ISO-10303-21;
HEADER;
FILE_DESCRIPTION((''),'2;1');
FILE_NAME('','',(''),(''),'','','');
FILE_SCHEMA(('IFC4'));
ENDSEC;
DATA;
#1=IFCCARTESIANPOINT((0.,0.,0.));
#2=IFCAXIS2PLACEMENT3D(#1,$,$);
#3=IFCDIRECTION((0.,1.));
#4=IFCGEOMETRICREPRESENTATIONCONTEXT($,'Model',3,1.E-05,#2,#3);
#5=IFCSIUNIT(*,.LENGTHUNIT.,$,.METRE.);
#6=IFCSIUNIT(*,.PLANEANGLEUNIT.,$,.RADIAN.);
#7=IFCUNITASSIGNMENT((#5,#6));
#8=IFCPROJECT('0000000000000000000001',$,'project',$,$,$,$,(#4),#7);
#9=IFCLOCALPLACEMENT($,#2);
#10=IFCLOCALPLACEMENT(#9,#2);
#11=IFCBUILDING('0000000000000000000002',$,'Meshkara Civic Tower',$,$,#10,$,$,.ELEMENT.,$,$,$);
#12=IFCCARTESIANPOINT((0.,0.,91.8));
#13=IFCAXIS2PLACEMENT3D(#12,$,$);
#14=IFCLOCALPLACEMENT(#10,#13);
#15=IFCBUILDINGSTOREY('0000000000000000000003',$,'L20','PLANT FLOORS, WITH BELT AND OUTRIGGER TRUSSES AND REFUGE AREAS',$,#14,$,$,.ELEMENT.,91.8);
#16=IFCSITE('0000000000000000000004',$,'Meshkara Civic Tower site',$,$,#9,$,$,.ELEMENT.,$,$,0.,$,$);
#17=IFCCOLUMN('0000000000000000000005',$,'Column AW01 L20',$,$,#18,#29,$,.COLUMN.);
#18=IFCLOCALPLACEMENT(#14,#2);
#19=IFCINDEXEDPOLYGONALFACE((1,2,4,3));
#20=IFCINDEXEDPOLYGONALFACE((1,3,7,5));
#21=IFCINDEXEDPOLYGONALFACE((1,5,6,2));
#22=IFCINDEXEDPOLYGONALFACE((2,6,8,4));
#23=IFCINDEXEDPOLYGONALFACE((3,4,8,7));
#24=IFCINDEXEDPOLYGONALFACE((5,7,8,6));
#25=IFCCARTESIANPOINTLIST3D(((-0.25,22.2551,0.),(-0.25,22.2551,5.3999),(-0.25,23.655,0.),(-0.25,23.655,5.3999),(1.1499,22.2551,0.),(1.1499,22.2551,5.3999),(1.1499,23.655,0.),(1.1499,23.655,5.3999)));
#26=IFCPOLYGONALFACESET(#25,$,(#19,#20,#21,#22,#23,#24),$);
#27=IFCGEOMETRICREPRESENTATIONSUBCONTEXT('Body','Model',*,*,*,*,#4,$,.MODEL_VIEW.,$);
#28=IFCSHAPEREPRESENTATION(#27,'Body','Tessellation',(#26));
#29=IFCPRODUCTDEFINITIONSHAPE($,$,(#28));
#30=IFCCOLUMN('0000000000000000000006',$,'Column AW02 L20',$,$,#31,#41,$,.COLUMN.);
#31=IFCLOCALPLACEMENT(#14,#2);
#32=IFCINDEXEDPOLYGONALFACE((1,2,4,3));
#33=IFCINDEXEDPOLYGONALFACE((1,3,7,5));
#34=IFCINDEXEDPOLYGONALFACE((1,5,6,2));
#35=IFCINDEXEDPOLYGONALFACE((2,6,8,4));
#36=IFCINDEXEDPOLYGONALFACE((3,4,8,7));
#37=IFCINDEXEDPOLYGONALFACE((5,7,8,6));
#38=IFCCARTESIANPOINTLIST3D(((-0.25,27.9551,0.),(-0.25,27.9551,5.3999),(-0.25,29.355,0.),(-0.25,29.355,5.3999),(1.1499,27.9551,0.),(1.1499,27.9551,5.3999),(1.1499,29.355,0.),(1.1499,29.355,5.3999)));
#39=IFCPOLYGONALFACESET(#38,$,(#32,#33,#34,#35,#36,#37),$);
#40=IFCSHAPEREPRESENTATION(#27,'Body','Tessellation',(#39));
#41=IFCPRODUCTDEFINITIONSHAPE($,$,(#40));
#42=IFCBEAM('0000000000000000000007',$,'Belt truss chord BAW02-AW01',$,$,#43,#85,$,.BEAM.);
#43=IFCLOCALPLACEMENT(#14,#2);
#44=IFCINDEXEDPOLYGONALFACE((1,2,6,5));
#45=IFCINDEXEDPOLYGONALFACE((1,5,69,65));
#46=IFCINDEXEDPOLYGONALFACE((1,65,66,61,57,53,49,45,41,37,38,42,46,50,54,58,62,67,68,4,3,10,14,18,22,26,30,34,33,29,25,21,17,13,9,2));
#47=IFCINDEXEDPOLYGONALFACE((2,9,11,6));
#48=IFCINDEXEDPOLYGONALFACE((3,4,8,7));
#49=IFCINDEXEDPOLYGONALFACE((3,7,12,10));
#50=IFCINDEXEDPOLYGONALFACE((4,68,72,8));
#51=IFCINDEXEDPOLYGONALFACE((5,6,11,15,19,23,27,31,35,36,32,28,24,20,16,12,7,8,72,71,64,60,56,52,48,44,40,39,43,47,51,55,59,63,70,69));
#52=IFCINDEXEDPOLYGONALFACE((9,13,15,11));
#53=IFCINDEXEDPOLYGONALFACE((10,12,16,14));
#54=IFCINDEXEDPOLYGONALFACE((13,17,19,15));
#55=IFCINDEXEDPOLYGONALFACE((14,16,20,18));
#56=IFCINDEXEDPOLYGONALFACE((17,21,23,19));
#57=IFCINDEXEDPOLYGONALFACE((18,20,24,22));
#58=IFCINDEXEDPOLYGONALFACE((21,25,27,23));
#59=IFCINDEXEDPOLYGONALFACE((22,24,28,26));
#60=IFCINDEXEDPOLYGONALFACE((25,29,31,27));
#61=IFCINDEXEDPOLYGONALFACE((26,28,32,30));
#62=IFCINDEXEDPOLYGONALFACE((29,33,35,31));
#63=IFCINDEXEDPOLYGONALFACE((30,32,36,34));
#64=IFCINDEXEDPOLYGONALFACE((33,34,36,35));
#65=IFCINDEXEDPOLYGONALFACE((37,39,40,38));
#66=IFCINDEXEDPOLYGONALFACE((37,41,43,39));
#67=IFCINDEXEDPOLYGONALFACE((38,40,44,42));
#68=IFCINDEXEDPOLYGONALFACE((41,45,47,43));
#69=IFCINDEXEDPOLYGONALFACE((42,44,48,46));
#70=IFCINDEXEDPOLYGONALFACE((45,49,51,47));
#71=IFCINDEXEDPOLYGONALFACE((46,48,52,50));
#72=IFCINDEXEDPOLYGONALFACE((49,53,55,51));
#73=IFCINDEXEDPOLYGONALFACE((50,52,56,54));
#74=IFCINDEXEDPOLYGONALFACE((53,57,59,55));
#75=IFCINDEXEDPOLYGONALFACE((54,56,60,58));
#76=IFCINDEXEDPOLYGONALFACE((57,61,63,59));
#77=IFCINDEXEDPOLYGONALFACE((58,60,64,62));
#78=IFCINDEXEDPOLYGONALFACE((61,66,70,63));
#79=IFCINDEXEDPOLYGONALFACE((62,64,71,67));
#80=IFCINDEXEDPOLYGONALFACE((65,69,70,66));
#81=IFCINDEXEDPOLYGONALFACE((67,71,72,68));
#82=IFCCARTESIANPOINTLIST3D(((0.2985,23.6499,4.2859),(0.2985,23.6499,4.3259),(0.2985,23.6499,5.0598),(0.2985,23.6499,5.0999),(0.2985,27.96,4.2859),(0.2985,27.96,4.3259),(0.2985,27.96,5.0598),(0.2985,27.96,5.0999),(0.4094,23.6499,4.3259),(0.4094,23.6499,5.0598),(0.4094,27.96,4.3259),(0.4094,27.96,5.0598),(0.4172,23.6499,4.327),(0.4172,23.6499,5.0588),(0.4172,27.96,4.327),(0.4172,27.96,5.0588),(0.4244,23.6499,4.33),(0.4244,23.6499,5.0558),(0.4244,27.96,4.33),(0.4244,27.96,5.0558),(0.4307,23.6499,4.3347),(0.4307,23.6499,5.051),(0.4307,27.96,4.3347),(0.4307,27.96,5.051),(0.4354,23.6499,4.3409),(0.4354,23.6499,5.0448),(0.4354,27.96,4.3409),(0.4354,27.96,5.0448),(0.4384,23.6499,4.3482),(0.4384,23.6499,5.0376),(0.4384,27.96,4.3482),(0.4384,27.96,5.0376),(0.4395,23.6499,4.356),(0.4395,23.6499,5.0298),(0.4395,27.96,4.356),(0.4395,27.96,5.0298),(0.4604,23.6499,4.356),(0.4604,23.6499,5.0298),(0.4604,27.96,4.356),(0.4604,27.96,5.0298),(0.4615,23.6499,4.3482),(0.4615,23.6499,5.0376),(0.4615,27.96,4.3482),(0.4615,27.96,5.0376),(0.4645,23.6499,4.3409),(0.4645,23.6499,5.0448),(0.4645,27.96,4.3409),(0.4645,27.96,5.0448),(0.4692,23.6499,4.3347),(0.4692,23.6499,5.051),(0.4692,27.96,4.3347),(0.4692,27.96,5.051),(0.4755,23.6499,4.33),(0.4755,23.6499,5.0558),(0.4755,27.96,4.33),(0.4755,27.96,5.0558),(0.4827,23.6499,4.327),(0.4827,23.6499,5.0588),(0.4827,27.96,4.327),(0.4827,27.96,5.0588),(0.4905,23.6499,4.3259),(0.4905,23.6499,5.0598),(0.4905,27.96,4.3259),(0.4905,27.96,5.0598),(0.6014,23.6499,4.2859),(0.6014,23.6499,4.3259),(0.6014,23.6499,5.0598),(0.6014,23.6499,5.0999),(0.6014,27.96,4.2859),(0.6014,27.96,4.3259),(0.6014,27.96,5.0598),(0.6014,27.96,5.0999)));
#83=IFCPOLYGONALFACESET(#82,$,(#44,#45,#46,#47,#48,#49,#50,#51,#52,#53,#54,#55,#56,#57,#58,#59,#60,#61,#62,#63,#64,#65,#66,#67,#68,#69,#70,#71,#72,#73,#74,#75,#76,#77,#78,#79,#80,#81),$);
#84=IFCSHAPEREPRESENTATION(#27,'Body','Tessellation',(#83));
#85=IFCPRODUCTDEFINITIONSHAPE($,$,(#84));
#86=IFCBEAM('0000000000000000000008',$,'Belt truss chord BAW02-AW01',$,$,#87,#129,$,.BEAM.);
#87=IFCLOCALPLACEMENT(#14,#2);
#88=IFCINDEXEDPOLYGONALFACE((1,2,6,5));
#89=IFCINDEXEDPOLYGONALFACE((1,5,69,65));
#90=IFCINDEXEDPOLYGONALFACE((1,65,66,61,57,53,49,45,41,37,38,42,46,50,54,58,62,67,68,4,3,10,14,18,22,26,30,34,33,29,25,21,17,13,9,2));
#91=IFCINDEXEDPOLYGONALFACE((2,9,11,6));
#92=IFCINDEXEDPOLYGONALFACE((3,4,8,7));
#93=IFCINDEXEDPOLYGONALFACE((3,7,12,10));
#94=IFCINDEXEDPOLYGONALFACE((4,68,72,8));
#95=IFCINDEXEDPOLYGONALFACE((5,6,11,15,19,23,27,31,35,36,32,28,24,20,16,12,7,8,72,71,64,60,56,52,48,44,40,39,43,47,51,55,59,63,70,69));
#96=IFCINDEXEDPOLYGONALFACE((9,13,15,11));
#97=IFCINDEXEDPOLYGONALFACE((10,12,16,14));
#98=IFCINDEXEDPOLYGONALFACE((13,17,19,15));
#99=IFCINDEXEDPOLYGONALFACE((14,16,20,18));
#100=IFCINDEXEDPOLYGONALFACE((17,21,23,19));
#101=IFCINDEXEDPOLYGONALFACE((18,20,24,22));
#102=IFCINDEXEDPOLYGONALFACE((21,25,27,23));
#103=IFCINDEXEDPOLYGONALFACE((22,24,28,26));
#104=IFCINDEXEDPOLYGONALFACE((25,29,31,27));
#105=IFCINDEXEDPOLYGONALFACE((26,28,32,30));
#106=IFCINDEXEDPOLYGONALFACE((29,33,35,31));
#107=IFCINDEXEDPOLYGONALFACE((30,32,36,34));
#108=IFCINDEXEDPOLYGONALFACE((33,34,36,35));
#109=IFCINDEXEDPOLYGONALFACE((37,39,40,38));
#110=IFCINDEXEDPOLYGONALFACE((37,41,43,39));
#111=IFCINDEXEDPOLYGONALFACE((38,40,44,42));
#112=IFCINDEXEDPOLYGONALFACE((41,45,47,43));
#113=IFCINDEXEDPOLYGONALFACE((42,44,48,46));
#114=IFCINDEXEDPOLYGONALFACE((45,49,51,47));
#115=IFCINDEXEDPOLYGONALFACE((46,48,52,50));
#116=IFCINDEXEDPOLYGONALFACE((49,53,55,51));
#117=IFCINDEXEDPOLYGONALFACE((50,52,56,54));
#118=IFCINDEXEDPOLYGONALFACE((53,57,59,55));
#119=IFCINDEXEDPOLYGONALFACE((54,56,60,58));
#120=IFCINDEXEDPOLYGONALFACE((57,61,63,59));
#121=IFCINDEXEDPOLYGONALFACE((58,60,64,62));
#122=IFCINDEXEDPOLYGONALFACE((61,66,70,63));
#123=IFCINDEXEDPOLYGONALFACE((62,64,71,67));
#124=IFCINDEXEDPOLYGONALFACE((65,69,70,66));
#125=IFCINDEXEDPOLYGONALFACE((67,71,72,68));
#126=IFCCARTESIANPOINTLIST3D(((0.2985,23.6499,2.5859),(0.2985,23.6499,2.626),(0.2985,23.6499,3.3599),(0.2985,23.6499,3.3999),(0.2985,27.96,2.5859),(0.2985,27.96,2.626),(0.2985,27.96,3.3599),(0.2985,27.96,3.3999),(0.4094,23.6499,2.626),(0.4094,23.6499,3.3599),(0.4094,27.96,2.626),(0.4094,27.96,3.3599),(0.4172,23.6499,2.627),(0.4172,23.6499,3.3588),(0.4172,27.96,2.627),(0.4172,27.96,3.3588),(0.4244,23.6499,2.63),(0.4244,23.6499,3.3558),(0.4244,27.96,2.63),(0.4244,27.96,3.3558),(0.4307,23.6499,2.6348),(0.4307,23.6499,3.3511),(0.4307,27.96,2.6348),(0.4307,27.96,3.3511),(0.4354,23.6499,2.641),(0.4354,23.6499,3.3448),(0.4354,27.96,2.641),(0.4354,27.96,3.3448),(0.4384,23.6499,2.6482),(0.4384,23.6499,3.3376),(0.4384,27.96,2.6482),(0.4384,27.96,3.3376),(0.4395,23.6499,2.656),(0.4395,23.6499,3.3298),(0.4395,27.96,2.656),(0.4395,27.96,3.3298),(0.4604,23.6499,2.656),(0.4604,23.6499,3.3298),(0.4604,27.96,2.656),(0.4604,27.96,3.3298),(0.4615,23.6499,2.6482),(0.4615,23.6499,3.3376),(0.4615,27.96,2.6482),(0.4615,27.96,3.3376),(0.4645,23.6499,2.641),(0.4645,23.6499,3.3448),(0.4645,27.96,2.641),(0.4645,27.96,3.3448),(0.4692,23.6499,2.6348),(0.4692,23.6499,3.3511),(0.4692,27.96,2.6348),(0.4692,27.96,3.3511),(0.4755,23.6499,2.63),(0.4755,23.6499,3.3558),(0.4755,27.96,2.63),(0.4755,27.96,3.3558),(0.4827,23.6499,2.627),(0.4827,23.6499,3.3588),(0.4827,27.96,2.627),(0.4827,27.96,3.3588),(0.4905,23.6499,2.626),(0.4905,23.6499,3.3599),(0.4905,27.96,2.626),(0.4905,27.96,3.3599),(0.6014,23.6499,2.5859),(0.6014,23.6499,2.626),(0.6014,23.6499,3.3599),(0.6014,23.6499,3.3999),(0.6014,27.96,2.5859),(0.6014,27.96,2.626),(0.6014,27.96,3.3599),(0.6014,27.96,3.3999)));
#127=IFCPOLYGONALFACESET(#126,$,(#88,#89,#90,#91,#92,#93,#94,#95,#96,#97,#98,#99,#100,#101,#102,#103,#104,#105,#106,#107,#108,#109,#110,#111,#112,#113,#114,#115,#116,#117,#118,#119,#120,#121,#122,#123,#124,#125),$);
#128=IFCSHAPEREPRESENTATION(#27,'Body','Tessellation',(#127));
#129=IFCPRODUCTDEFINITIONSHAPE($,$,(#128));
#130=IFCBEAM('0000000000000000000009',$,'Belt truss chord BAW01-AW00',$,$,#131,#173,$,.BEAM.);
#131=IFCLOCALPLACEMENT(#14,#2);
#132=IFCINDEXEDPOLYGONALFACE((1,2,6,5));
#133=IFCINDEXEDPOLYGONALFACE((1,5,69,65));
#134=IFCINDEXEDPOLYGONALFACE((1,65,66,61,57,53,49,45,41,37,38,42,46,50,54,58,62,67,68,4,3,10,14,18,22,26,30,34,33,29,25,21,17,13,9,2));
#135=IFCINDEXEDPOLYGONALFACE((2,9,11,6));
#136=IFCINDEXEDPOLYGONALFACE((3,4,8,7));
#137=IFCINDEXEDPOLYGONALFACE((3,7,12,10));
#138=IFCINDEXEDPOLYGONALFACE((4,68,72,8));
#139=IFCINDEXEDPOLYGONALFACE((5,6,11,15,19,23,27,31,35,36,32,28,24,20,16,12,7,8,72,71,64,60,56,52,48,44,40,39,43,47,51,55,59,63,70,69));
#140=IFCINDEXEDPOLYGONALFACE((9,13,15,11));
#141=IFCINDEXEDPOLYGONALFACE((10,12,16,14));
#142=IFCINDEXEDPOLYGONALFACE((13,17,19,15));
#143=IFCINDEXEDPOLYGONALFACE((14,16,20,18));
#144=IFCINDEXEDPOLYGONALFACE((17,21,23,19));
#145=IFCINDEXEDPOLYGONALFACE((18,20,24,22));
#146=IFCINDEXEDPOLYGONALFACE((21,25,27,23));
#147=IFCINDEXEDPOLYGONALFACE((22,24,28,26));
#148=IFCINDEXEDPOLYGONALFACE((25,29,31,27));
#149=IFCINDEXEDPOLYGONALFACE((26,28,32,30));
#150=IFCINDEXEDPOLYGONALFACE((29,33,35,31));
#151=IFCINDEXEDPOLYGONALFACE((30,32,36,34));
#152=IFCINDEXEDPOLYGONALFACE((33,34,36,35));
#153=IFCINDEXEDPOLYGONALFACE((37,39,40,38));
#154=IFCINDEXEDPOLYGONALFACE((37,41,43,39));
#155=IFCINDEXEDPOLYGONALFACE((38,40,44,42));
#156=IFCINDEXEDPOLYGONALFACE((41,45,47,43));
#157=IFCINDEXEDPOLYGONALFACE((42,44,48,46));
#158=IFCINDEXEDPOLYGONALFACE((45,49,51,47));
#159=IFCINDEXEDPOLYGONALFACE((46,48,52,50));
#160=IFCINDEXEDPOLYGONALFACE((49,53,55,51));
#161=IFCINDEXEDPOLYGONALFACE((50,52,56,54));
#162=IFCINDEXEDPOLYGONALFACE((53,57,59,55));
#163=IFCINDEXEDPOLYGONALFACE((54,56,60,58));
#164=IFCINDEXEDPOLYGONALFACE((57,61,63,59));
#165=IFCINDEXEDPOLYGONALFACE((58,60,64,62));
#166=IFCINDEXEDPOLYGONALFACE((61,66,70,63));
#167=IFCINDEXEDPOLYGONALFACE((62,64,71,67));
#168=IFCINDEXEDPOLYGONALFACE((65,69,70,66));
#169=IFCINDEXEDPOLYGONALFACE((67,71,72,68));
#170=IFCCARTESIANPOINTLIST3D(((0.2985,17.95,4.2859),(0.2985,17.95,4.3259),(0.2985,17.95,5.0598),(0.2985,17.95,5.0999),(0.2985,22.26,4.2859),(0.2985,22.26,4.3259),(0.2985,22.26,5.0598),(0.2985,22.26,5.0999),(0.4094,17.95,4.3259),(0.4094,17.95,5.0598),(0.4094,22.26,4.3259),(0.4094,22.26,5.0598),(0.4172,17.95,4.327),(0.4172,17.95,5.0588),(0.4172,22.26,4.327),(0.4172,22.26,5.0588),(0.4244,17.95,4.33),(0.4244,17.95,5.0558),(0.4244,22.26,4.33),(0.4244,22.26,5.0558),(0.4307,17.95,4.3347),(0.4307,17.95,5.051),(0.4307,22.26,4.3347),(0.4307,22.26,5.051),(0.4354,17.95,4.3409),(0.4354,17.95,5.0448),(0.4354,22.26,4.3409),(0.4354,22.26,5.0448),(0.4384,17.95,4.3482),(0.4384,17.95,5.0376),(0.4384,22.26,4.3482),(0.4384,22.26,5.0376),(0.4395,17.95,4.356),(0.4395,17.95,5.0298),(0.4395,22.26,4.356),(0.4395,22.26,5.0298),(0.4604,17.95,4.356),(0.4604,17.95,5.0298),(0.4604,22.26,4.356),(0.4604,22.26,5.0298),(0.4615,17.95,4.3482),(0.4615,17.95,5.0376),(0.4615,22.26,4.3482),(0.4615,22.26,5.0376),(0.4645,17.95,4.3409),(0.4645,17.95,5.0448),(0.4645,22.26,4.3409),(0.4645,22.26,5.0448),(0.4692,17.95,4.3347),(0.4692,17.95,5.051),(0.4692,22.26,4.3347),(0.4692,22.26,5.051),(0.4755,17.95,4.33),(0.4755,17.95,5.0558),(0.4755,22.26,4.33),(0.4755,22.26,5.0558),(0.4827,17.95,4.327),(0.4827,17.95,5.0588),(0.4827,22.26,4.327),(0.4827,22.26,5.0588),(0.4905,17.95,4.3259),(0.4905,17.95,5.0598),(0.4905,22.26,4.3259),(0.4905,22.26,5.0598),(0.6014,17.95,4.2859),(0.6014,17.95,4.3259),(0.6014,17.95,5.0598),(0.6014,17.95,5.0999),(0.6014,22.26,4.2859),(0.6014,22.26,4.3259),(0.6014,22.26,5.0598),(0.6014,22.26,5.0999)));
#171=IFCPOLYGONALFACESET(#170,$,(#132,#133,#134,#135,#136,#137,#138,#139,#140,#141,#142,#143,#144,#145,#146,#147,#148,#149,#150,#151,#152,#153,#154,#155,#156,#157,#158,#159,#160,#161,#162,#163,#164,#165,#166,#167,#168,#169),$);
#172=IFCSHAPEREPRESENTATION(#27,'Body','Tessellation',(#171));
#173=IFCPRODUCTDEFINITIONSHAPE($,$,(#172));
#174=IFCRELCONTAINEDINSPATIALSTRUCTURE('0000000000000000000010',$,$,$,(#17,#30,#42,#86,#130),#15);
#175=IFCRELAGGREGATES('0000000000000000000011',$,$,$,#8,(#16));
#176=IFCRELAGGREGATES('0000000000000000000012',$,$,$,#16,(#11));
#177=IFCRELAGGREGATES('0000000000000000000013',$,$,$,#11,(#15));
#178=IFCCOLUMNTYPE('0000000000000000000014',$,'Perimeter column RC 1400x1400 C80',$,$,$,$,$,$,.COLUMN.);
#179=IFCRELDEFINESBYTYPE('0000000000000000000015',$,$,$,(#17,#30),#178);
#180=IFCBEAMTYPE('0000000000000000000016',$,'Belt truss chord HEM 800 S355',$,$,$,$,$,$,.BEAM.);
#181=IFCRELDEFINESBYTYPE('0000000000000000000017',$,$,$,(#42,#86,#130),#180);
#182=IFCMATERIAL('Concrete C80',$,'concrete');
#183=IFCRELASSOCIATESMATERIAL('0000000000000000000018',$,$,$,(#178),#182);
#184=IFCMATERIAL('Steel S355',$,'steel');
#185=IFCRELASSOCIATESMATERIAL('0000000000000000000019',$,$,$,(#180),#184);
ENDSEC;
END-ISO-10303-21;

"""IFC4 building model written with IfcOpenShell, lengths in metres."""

from ifc_helpers import new_model, si_unit, direction, frame, origin, origin_2d, place, context, subcontext, project, spatial, rectangle, i_section, extrude, material, material_profile, profile_set, type_object, element, save


model = new_model("IFC4")

# Units and contexts
model_context = context("Model", 3, precision=1e-05, world=origin(), true_north=direction((0.0, 1.0)))
body_context = subcontext(model_context, "Body", "Model", "MODEL_VIEW")
ifc_project = project(units=[si_unit("LENGTHUNIT", "METRE"), si_unit("PLANEANGLEUNIT", "RADIAN")], contexts=[model_context])

# Site, building, storey
site_placement = place(None, origin())
site = spatial("IfcSite", under=ifc_project, at=site_placement, Name="Meshkara Civic Tower site", CompositionType="ELEMENT", RefElevation=0.0)
building_placement = place(site_placement, origin())
building = spatial("IfcBuilding", under=site, at=building_placement, Name="Meshkara Civic Tower", CompositionType="ELEMENT")
storey_placement = place(building_placement, frame((0.0, 0.0, 91.8)))
storey = spatial("IfcBuildingStorey", under=building, at=storey_placement, Name="L20", Description="PLANT FLOORS, WITH BELT AND OUTRIGGER TRUSSES AND REFUGE AREAS", CompositionType="ELEMENT", Elevation=91.8)

# Columns
ifc_material_1 = material(Name="Concrete C80", Category="concrete")
ifc_material_profile_1 = material_profile(ifc_material_1, rectangle(XDim=1.3999, YDim=1.3999, at=origin_2d()))
ifc_profile_set_1 = profile_set([ifc_material_profile_1], Name="Concrete C80")
column_type = type_object("IfcColumnType", Name="Perimeter column RC 1400x1400 C80", PredefinedType="COLUMN", material=ifc_profile_set_1)
for number, where, z_axis, x_axis, name in (
    (1, (0.45, 22.9551, 0.0), (0.0, 0.0, 1.0), (1.0, 0.0, 0.0), "Column AW01 L20"),
    (2, (0.45, 28.655, 0.0), (0.0, 0.0, 1.0), (1.0, 0.0, 0.0), "Column AW02 L20"),
):
    element("IfcColumn", number, at=place(storey_placement, frame(where, z_axis=z_axis, x_axis=x_axis)), inside=storey, type_object=column_type, Name=name, PredefinedType="COLUMN", context=body_context, shape_type="SweptSolid", body=[
        extrude(rectangle(XDim=1.3999, YDim=1.3999, at=origin_2d()), origin(), (0.0, 0.0, 1.0), 5.3999),
    ])

# Beams
ifc_material_2 = material(Name="Steel S355", Category="steel")
ifc_material_profile_2 = material_profile(ifc_material_2, i_section(OverallWidth=0.303, OverallDepth=0.814, WebThickness=0.021, FlangeThickness=0.04, FilletRadius=0.03, at=origin_2d()))
ifc_profile_set_2 = profile_set([ifc_material_profile_2], Name="Steel S355")
beam_type = type_object("IfcBeamType", Name="Belt truss chord HEM 800 S355", PredefinedType="BEAM", material=ifc_profile_set_2)
for number, where, z_axis, x_axis, name in (
    (3, (0.45, 27.96, 4.6929), (0.0, -1.0, 0.0), (1.0, 0.0, 0.0), "Belt truss chord BAW02-AW01"),
    (4, (0.45, 27.96, 2.9929), (0.0, -1.0, 0.0), (1.0, 0.0, 0.0), "Belt truss chord BAW02-AW01"),
    (5, (0.45, 22.26, 4.6929), (0.0, -1.0, 0.0), (1.0, 0.0, 0.0), "Belt truss chord BAW01-AW00"),
):
    element("IfcBeam", number, at=place(storey_placement, frame(where, z_axis=z_axis, x_axis=x_axis)), inside=storey, type_object=beam_type, Name=name, PredefinedType="BEAM", context=body_context, shape_type="SweptSolid", body=[
        extrude(i_section(OverallWidth=0.303, OverallDepth=0.814, WebThickness=0.021, FlangeThickness=0.04, FilletRadius=0.03, at=origin_2d()), origin(), (0.0, 0.0, 1.0), 4.3101),
    ])

save(model, "model.ifc")
